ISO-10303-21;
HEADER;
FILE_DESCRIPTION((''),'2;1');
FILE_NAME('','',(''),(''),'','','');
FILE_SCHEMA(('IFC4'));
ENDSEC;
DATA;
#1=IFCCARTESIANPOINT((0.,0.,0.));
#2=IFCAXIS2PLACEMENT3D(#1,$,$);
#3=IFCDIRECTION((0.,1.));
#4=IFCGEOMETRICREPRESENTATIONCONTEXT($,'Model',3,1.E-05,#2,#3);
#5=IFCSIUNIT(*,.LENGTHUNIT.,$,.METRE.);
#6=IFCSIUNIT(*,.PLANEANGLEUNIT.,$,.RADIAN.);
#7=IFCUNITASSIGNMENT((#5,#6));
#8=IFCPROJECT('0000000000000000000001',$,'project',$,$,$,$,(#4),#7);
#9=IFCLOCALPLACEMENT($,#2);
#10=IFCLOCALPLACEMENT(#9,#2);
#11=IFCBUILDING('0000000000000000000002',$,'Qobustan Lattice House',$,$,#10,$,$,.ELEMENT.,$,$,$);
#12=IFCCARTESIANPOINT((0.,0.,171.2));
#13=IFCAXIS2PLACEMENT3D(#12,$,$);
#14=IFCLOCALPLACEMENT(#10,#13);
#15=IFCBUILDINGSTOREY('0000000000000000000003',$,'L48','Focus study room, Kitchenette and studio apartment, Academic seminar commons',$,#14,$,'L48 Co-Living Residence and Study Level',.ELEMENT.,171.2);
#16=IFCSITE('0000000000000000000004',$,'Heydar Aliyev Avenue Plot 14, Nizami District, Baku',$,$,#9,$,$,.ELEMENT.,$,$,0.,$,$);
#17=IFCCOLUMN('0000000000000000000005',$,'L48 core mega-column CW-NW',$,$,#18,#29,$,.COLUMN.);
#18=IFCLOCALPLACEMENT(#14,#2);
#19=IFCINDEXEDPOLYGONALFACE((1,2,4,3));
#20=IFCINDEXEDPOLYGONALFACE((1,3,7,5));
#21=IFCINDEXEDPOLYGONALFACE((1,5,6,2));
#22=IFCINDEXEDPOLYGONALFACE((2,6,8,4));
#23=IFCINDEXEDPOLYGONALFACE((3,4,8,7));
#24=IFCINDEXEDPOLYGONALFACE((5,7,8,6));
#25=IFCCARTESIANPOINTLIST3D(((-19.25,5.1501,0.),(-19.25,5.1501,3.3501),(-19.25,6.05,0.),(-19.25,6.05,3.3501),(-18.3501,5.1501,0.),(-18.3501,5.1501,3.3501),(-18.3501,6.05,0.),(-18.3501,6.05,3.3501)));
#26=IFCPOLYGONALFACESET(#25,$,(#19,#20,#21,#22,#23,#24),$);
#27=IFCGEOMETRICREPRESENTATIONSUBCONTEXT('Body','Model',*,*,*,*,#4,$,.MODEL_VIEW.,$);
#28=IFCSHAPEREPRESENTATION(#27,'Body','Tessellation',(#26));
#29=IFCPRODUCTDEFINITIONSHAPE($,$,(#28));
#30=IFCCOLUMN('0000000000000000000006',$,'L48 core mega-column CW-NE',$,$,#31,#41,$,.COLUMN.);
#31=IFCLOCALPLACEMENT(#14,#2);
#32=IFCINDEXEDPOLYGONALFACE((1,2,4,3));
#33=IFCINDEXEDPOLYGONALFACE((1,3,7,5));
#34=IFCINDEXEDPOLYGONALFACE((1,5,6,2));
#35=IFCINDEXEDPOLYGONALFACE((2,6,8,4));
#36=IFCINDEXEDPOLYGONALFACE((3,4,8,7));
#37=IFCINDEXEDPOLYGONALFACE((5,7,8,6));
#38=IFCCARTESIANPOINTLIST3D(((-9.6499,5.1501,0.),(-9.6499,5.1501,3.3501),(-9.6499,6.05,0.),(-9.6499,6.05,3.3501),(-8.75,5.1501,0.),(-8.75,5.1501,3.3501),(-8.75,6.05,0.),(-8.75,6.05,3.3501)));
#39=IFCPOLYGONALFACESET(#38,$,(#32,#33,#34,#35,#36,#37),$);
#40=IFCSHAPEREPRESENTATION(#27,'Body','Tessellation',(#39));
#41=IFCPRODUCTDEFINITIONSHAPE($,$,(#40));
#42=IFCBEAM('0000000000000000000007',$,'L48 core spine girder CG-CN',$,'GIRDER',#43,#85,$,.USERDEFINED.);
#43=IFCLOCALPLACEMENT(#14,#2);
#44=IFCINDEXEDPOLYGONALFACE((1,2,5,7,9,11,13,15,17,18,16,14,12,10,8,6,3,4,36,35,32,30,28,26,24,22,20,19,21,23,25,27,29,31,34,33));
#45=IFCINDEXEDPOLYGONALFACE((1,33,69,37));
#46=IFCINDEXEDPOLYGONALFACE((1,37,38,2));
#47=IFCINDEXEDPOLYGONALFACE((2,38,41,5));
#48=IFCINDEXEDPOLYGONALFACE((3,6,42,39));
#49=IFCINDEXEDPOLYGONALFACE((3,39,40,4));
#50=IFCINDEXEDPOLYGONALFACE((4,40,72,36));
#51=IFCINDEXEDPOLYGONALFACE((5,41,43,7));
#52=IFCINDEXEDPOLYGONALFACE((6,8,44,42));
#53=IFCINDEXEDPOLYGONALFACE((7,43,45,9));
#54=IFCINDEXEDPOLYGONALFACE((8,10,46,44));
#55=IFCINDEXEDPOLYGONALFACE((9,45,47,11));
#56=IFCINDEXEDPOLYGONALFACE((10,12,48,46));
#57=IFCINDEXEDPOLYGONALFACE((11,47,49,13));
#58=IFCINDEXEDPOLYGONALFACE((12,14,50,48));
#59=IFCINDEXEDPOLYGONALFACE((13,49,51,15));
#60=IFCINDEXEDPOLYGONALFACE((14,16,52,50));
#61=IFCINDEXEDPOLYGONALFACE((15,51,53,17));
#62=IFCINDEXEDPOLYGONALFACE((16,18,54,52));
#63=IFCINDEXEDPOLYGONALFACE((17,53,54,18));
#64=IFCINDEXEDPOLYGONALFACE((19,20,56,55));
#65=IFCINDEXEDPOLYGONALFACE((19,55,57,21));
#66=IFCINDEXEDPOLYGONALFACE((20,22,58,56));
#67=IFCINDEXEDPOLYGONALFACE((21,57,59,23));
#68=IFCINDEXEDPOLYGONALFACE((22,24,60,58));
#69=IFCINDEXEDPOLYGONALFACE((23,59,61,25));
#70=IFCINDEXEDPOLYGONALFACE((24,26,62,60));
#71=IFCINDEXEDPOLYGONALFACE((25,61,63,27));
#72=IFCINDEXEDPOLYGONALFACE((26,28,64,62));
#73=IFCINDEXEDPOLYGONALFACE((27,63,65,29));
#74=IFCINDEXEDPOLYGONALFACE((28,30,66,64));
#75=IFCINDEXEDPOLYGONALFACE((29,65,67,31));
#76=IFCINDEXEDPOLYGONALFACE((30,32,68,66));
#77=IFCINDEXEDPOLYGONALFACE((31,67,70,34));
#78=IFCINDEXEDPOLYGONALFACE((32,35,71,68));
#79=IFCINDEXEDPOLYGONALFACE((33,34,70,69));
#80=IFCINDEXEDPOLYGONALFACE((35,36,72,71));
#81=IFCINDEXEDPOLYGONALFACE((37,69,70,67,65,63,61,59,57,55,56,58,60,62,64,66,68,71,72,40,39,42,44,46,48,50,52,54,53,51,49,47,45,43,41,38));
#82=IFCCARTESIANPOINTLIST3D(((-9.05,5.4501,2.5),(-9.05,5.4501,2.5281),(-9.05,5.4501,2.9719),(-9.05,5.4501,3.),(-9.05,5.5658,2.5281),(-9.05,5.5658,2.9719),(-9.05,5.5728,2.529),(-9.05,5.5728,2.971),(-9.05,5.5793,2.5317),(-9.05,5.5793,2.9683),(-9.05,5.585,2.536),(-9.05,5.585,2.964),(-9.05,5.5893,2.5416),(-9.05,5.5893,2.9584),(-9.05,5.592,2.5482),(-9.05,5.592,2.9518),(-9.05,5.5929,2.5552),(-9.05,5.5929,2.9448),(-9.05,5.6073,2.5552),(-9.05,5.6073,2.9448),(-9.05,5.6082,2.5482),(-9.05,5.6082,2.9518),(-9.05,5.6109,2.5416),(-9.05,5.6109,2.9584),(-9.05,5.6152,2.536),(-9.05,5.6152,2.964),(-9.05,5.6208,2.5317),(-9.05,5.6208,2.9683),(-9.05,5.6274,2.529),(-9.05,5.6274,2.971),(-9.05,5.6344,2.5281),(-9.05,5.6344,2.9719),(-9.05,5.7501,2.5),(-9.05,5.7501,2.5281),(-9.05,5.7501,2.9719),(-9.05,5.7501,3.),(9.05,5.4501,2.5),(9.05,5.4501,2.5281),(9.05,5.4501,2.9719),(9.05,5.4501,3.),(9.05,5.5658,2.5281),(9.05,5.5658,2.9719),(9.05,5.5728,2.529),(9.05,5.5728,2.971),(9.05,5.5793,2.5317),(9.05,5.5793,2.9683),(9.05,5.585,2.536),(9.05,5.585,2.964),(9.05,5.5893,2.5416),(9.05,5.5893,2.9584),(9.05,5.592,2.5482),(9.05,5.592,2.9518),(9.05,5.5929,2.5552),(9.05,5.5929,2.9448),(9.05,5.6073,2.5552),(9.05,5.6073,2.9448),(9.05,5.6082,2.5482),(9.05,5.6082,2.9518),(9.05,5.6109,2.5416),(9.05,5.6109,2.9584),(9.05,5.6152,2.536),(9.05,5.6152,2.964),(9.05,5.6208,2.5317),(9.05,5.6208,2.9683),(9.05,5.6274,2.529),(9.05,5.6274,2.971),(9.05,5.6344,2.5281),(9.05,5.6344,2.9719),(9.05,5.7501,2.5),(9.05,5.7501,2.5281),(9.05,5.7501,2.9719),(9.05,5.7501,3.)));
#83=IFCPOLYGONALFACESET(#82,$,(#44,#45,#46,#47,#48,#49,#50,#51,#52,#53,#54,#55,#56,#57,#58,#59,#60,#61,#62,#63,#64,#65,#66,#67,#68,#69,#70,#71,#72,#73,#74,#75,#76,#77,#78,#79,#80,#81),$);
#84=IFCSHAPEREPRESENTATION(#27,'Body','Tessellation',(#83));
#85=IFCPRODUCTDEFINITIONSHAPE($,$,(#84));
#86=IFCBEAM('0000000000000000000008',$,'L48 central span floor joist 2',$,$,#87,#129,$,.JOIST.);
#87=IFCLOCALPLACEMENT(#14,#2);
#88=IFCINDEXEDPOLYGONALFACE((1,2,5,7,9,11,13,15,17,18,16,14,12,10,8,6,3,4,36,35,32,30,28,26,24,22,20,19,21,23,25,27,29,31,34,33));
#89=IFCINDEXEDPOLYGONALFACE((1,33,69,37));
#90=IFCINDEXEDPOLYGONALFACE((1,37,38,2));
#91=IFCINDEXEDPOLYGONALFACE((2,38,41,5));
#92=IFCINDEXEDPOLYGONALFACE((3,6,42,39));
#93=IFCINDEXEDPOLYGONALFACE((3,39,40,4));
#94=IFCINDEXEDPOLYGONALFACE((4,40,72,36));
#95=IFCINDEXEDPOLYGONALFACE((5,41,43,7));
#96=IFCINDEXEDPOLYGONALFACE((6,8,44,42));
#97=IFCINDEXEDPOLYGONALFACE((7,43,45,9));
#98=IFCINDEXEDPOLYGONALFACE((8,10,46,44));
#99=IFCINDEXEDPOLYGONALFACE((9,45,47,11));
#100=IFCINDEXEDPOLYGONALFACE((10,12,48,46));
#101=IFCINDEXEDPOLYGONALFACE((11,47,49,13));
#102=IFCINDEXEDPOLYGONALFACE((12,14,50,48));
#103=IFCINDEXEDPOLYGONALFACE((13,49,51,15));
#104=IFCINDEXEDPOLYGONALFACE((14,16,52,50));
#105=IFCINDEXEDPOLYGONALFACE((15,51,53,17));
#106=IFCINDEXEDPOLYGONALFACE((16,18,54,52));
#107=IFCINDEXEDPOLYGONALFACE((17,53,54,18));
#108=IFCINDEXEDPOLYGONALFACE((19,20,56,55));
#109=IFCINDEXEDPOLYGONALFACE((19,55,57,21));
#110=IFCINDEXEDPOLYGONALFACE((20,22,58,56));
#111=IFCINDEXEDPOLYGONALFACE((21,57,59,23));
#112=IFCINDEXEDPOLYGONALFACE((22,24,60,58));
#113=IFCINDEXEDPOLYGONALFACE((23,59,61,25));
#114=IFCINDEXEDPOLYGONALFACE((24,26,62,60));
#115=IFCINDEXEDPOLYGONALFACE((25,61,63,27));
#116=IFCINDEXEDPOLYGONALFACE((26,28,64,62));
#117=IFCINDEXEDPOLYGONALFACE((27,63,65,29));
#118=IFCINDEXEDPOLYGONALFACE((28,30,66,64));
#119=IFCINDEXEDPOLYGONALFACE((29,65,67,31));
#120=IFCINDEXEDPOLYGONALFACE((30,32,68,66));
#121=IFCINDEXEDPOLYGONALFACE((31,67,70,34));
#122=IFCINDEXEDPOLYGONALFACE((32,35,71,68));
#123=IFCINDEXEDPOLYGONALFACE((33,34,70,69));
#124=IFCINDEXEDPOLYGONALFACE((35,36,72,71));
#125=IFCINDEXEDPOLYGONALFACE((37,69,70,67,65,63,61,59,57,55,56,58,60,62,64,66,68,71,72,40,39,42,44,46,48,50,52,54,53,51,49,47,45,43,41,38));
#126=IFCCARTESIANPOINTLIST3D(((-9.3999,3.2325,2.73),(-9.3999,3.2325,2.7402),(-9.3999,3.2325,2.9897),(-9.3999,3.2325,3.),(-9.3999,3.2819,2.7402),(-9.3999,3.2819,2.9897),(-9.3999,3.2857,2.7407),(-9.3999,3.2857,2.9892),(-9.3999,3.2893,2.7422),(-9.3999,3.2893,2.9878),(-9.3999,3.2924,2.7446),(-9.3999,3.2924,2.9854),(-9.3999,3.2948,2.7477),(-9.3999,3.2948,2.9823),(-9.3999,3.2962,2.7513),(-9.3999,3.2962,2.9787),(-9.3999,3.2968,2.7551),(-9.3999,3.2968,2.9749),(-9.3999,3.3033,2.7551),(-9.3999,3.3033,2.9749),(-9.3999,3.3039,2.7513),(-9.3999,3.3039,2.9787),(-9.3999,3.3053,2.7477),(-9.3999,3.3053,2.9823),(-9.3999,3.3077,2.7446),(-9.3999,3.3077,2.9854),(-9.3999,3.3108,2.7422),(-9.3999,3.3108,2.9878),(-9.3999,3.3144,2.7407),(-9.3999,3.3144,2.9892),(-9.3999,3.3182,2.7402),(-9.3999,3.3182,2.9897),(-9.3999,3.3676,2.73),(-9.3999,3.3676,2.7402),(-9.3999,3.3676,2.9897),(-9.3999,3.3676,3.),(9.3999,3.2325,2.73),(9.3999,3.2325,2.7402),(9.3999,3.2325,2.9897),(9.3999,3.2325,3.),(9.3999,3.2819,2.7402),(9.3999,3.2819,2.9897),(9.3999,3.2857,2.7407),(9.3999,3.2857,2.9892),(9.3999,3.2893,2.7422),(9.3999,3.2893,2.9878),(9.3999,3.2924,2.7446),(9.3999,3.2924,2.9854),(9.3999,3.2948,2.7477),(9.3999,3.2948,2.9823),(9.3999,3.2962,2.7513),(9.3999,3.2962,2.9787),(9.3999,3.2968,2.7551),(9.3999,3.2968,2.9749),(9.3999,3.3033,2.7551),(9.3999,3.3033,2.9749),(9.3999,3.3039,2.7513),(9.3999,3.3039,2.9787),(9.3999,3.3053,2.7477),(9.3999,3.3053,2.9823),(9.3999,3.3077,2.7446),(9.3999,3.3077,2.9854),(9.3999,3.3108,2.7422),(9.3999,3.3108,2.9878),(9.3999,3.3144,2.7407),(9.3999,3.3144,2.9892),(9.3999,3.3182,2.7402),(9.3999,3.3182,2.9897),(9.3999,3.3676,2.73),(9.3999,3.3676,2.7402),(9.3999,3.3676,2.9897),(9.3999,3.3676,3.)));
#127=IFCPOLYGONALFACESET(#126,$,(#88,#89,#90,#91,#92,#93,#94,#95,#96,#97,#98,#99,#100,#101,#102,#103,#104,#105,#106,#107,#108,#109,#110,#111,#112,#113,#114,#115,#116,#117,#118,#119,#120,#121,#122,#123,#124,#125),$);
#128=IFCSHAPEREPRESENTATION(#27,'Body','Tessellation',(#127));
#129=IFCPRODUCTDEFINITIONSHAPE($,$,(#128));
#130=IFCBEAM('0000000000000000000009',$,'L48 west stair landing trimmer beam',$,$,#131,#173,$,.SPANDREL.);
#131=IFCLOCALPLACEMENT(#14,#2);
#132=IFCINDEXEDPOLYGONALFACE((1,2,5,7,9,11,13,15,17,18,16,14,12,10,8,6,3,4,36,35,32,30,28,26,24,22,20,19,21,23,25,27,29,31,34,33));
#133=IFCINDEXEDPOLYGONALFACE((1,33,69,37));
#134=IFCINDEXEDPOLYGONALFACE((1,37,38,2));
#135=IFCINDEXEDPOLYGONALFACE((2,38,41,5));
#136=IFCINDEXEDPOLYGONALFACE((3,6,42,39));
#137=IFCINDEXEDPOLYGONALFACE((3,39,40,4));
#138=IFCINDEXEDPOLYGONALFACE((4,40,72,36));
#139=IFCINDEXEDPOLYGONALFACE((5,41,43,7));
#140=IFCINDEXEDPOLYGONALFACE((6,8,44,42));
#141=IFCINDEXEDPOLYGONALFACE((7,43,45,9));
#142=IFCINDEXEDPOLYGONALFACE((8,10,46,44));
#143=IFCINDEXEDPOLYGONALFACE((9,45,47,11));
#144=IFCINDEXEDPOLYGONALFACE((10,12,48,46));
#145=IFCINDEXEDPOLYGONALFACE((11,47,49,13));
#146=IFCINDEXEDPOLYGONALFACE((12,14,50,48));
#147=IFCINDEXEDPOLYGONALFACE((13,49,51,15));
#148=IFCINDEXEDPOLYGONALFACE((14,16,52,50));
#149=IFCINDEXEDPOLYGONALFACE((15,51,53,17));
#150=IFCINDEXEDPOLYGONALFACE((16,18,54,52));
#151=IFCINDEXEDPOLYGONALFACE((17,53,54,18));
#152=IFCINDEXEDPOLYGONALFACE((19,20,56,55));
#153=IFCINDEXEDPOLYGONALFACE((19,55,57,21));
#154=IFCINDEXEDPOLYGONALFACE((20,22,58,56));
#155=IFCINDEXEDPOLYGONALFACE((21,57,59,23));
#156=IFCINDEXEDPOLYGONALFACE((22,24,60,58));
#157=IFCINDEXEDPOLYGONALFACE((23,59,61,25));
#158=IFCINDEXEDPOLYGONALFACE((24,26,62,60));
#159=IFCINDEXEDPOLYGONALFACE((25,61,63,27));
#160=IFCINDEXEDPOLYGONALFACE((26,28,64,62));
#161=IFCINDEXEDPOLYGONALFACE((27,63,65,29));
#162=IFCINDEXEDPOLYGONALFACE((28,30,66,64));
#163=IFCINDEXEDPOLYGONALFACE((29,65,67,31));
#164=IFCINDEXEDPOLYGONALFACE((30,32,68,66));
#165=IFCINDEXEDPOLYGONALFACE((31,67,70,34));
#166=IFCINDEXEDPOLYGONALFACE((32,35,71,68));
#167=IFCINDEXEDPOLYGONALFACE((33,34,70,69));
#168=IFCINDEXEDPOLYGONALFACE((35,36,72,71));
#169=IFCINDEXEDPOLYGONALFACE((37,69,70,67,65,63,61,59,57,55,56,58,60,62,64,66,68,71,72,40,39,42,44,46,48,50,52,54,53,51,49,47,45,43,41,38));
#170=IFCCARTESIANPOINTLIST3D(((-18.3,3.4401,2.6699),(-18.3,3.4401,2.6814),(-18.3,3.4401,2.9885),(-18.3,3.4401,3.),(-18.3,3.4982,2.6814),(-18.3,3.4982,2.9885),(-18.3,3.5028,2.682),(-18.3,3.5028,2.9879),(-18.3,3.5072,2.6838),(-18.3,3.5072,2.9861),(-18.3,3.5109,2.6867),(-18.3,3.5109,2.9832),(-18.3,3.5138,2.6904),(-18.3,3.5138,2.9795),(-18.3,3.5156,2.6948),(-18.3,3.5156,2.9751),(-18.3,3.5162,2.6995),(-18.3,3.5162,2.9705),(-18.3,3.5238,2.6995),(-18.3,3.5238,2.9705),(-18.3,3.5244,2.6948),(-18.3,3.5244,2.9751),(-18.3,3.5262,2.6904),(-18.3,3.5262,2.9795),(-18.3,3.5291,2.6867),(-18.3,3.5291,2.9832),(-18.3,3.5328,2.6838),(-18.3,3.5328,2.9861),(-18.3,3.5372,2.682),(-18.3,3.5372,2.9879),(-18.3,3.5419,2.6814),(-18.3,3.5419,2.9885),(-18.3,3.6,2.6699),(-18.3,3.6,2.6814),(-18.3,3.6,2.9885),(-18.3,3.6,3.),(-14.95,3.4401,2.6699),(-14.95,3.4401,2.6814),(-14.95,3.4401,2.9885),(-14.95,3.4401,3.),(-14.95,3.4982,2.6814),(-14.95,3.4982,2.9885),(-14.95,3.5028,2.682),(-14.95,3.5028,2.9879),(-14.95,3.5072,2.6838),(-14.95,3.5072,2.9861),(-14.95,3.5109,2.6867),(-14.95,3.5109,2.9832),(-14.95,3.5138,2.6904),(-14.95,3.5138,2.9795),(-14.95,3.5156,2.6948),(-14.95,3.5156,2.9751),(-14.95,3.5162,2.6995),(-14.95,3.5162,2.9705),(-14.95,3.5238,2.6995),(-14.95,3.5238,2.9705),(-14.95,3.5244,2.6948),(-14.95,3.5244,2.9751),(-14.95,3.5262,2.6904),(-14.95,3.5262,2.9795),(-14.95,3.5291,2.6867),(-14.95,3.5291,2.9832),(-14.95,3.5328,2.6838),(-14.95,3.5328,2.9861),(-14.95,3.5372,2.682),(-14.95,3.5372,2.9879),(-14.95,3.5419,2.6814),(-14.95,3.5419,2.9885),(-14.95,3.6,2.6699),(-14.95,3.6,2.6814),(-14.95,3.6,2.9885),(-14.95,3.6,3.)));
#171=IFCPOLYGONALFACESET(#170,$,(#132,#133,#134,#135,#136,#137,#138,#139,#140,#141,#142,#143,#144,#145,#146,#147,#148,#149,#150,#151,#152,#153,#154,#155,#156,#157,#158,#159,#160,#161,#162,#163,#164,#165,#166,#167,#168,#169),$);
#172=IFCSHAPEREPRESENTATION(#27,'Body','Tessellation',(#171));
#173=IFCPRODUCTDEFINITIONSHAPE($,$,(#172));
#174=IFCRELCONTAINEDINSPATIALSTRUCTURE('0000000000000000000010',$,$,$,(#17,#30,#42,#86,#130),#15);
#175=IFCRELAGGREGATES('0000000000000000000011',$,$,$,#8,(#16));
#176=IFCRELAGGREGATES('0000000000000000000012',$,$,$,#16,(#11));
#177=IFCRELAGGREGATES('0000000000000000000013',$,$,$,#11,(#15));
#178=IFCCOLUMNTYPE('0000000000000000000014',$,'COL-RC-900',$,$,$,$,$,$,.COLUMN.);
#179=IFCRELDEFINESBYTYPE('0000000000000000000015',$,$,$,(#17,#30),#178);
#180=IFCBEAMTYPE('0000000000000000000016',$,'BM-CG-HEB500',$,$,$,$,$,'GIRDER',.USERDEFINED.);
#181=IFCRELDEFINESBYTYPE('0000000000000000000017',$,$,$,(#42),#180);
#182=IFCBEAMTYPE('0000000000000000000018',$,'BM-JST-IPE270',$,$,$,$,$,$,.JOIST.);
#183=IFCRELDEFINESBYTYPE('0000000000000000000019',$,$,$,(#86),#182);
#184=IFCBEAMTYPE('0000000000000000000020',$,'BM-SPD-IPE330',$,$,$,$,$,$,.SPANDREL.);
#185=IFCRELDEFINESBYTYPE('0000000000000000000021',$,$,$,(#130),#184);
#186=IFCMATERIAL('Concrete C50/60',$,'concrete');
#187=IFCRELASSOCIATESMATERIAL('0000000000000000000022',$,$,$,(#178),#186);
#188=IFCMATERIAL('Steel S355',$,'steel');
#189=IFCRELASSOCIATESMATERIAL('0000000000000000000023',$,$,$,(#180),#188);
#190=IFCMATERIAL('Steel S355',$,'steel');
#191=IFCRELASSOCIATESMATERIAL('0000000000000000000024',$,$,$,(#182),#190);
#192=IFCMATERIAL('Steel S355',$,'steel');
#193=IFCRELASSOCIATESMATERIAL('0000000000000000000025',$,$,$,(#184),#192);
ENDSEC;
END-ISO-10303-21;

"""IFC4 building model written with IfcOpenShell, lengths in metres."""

from ifc_helpers import new_model, si_unit, direction, frame, origin, origin_2d, place, context, subcontext, project, spatial, rectangle, i_section, extrude, material, material_profile, profile_set, type_object, element, save


model = new_model("IFC4")

# Units and contexts
model_context = context("Model", 3, precision=1e-05, world=origin(), true_north=direction((0.0, 1.0)))
body_context = subcontext(model_context, "Body", "Model", "MODEL_VIEW")
ifc_project = project(units=[si_unit("LENGTHUNIT", "METRE"), si_unit("PLANEANGLEUNIT", "RADIAN")], contexts=[model_context])

# Site, building, storey
site_placement = place(None, origin())
site = spatial("IfcSite", under=ifc_project, at=site_placement, Name="Heydar Aliyev Avenue Plot 14, Nizami District, Baku", CompositionType="ELEMENT", RefElevation=0.0)
building_placement = place(site_placement, origin())
building = spatial("IfcBuilding", under=site, at=building_placement, Name="Qobustan Lattice House", CompositionType="ELEMENT")
storey_placement = place(building_placement, frame((0.0, 0.0, 171.2)))
storey = spatial("IfcBuildingStorey", under=building, at=storey_placement, Name="L48", Description="Focus study room, Kitchenette and studio apartment, Academic seminar commons", LongName="L48 Co-Living Residence and Study Level", CompositionType="ELEMENT", Elevation=171.2)

# Columns
ifc_material_1 = material(Name="Concrete C50/60", Category="concrete")
ifc_material_profile_1 = material_profile(ifc_material_1, rectangle(XDim=0.8999, YDim=0.8999, at=origin_2d()), Name="RC900x900")
ifc_profile_set_1 = profile_set([ifc_material_profile_1], Name="Concrete C50/60")
column_type = type_object("IfcColumnType", Name="COL-RC-900", PredefinedType="COLUMN", material=ifc_profile_set_1)
for number, where, z_axis, x_axis, name in (
    (1, (-18.8, 5.6001, 0.0), (0.0, 0.0, 1.0), (1.0, 0.0, 0.0), "L48 core mega-column CW-NW"),
    (2, (-9.2, 5.6001, 0.0), (0.0, 0.0, 1.0), (1.0, 0.0, 0.0), "L48 core mega-column CW-NE"),
):
    element("IfcColumn", number, at=place(storey_placement, frame(where, z_axis=z_axis, x_axis=x_axis)), inside=storey, type_object=column_type, Name=name, PredefinedType="COLUMN", context=body_context, shape_type="SweptSolid", body=[
        extrude(rectangle(XDim=0.8999, YDim=0.8999, at=origin_2d()), origin(), (0.0, 0.0, 1.0), 3.3501),
    ])

# Beams
ifc_material_2 = material(Name="Steel S355", Category="steel")
ifc_material_profile_2 = material_profile(ifc_material_2, i_section(OverallWidth=0.3, OverallDepth=0.5, WebThickness=0.0144, FlangeThickness=0.0281, FilletRadius=0.0271, at=origin_2d()), Name="HEB500")
ifc_profile_set_2 = profile_set([ifc_material_profile_2], Name="Steel S355")
beam_type_1 = type_object("IfcBeamType", Name="BM-CG-HEB500", ElementType="GIRDER", PredefinedType="USERDEFINED", material=ifc_profile_set_2)
beam_1_placement = place(storey_placement, frame((-9.05, 5.6001, 2.75), z_axis=(1.0, 0.0, 0.0), x_axis=(0.0, 1.0, 0.0)))
element("IfcBeam", 3, at=beam_1_placement, inside=storey, type_object=beam_type_1, Name="L48 core spine girder CG-CN", ObjectType="GIRDER", PredefinedType="USERDEFINED", context=body_context, shape_type="SweptSolid", body=[
    extrude(i_section(OverallWidth=0.3, OverallDepth=0.5, WebThickness=0.0144, FlangeThickness=0.0281, FilletRadius=0.0271, at=origin_2d()), origin(), (0.0, 0.0, 1.0), 18.1001),
])
ifc_material_3 = material(Name="Steel S355", Category="steel")
ifc_material_profile_3 = material_profile(ifc_material_3, i_section(OverallWidth=0.135, OverallDepth=0.27, WebThickness=0.0066, FlangeThickness=0.0103, FilletRadius=0.0149, at=origin_2d()), Name="IPE270")
ifc_profile_set_3 = profile_set([ifc_material_profile_3], Name="Steel S355")
beam_type_2 = type_object("IfcBeamType", Name="BM-JST-IPE270", PredefinedType="JOIST", material=ifc_profile_set_3)
beam_2_placement = place(storey_placement, frame((-9.3999, 3.3, 2.865), z_axis=(1.0, 0.0, 0.0), x_axis=(0.0, 1.0, 0.0)))
element("IfcBeam", 4, at=beam_2_placement, inside=storey, type_object=beam_type_2, Name="L48 central span floor joist 2", PredefinedType="JOIST", context=body_context, shape_type="SweptSolid", body=[
    extrude(i_section(OverallWidth=0.135, OverallDepth=0.27, WebThickness=0.0066, FlangeThickness=0.0103, FilletRadius=0.0149, at=origin_2d()), origin(), (0.0, 0.0, 1.0), 18.7998),
])
ifc_material_4 = material(Name="Steel S355", Category="steel")
ifc_material_profile_4 = material_profile(ifc_material_4, i_section(OverallWidth=0.1599, OverallDepth=0.3301, WebThickness=0.0076, FlangeThickness=0.0115, FilletRadius=0.0181, at=origin_2d()), Name="IPE330")
ifc_profile_set_4 = profile_set([ifc_material_profile_4], Name="Steel S355")
beam_type_3 = type_object("IfcBeamType", Name="BM-SPD-IPE330", PredefinedType="SPANDREL", material=ifc_profile_set_4)
beam_3_placement = place(storey_placement, frame((-18.3, 3.52, 2.835), z_axis=(1.0, 0.0, 0.0), x_axis=(0.0, 1.0, 0.0)))
element("IfcBeam", 5, at=beam_3_placement, inside=storey, type_object=beam_type_3, Name="L48 west stair landing trimmer beam", PredefinedType="SPANDREL", context=body_context, shape_type="SweptSolid", body=[
    extrude(i_section(OverallWidth=0.1599, OverallDepth=0.3301, WebThickness=0.0076, FlangeThickness=0.0115, FilletRadius=0.0181, at=origin_2d()), origin(), (0.0, 0.0, 1.0), 3.3501),
])

save(model, "model.ifc")
